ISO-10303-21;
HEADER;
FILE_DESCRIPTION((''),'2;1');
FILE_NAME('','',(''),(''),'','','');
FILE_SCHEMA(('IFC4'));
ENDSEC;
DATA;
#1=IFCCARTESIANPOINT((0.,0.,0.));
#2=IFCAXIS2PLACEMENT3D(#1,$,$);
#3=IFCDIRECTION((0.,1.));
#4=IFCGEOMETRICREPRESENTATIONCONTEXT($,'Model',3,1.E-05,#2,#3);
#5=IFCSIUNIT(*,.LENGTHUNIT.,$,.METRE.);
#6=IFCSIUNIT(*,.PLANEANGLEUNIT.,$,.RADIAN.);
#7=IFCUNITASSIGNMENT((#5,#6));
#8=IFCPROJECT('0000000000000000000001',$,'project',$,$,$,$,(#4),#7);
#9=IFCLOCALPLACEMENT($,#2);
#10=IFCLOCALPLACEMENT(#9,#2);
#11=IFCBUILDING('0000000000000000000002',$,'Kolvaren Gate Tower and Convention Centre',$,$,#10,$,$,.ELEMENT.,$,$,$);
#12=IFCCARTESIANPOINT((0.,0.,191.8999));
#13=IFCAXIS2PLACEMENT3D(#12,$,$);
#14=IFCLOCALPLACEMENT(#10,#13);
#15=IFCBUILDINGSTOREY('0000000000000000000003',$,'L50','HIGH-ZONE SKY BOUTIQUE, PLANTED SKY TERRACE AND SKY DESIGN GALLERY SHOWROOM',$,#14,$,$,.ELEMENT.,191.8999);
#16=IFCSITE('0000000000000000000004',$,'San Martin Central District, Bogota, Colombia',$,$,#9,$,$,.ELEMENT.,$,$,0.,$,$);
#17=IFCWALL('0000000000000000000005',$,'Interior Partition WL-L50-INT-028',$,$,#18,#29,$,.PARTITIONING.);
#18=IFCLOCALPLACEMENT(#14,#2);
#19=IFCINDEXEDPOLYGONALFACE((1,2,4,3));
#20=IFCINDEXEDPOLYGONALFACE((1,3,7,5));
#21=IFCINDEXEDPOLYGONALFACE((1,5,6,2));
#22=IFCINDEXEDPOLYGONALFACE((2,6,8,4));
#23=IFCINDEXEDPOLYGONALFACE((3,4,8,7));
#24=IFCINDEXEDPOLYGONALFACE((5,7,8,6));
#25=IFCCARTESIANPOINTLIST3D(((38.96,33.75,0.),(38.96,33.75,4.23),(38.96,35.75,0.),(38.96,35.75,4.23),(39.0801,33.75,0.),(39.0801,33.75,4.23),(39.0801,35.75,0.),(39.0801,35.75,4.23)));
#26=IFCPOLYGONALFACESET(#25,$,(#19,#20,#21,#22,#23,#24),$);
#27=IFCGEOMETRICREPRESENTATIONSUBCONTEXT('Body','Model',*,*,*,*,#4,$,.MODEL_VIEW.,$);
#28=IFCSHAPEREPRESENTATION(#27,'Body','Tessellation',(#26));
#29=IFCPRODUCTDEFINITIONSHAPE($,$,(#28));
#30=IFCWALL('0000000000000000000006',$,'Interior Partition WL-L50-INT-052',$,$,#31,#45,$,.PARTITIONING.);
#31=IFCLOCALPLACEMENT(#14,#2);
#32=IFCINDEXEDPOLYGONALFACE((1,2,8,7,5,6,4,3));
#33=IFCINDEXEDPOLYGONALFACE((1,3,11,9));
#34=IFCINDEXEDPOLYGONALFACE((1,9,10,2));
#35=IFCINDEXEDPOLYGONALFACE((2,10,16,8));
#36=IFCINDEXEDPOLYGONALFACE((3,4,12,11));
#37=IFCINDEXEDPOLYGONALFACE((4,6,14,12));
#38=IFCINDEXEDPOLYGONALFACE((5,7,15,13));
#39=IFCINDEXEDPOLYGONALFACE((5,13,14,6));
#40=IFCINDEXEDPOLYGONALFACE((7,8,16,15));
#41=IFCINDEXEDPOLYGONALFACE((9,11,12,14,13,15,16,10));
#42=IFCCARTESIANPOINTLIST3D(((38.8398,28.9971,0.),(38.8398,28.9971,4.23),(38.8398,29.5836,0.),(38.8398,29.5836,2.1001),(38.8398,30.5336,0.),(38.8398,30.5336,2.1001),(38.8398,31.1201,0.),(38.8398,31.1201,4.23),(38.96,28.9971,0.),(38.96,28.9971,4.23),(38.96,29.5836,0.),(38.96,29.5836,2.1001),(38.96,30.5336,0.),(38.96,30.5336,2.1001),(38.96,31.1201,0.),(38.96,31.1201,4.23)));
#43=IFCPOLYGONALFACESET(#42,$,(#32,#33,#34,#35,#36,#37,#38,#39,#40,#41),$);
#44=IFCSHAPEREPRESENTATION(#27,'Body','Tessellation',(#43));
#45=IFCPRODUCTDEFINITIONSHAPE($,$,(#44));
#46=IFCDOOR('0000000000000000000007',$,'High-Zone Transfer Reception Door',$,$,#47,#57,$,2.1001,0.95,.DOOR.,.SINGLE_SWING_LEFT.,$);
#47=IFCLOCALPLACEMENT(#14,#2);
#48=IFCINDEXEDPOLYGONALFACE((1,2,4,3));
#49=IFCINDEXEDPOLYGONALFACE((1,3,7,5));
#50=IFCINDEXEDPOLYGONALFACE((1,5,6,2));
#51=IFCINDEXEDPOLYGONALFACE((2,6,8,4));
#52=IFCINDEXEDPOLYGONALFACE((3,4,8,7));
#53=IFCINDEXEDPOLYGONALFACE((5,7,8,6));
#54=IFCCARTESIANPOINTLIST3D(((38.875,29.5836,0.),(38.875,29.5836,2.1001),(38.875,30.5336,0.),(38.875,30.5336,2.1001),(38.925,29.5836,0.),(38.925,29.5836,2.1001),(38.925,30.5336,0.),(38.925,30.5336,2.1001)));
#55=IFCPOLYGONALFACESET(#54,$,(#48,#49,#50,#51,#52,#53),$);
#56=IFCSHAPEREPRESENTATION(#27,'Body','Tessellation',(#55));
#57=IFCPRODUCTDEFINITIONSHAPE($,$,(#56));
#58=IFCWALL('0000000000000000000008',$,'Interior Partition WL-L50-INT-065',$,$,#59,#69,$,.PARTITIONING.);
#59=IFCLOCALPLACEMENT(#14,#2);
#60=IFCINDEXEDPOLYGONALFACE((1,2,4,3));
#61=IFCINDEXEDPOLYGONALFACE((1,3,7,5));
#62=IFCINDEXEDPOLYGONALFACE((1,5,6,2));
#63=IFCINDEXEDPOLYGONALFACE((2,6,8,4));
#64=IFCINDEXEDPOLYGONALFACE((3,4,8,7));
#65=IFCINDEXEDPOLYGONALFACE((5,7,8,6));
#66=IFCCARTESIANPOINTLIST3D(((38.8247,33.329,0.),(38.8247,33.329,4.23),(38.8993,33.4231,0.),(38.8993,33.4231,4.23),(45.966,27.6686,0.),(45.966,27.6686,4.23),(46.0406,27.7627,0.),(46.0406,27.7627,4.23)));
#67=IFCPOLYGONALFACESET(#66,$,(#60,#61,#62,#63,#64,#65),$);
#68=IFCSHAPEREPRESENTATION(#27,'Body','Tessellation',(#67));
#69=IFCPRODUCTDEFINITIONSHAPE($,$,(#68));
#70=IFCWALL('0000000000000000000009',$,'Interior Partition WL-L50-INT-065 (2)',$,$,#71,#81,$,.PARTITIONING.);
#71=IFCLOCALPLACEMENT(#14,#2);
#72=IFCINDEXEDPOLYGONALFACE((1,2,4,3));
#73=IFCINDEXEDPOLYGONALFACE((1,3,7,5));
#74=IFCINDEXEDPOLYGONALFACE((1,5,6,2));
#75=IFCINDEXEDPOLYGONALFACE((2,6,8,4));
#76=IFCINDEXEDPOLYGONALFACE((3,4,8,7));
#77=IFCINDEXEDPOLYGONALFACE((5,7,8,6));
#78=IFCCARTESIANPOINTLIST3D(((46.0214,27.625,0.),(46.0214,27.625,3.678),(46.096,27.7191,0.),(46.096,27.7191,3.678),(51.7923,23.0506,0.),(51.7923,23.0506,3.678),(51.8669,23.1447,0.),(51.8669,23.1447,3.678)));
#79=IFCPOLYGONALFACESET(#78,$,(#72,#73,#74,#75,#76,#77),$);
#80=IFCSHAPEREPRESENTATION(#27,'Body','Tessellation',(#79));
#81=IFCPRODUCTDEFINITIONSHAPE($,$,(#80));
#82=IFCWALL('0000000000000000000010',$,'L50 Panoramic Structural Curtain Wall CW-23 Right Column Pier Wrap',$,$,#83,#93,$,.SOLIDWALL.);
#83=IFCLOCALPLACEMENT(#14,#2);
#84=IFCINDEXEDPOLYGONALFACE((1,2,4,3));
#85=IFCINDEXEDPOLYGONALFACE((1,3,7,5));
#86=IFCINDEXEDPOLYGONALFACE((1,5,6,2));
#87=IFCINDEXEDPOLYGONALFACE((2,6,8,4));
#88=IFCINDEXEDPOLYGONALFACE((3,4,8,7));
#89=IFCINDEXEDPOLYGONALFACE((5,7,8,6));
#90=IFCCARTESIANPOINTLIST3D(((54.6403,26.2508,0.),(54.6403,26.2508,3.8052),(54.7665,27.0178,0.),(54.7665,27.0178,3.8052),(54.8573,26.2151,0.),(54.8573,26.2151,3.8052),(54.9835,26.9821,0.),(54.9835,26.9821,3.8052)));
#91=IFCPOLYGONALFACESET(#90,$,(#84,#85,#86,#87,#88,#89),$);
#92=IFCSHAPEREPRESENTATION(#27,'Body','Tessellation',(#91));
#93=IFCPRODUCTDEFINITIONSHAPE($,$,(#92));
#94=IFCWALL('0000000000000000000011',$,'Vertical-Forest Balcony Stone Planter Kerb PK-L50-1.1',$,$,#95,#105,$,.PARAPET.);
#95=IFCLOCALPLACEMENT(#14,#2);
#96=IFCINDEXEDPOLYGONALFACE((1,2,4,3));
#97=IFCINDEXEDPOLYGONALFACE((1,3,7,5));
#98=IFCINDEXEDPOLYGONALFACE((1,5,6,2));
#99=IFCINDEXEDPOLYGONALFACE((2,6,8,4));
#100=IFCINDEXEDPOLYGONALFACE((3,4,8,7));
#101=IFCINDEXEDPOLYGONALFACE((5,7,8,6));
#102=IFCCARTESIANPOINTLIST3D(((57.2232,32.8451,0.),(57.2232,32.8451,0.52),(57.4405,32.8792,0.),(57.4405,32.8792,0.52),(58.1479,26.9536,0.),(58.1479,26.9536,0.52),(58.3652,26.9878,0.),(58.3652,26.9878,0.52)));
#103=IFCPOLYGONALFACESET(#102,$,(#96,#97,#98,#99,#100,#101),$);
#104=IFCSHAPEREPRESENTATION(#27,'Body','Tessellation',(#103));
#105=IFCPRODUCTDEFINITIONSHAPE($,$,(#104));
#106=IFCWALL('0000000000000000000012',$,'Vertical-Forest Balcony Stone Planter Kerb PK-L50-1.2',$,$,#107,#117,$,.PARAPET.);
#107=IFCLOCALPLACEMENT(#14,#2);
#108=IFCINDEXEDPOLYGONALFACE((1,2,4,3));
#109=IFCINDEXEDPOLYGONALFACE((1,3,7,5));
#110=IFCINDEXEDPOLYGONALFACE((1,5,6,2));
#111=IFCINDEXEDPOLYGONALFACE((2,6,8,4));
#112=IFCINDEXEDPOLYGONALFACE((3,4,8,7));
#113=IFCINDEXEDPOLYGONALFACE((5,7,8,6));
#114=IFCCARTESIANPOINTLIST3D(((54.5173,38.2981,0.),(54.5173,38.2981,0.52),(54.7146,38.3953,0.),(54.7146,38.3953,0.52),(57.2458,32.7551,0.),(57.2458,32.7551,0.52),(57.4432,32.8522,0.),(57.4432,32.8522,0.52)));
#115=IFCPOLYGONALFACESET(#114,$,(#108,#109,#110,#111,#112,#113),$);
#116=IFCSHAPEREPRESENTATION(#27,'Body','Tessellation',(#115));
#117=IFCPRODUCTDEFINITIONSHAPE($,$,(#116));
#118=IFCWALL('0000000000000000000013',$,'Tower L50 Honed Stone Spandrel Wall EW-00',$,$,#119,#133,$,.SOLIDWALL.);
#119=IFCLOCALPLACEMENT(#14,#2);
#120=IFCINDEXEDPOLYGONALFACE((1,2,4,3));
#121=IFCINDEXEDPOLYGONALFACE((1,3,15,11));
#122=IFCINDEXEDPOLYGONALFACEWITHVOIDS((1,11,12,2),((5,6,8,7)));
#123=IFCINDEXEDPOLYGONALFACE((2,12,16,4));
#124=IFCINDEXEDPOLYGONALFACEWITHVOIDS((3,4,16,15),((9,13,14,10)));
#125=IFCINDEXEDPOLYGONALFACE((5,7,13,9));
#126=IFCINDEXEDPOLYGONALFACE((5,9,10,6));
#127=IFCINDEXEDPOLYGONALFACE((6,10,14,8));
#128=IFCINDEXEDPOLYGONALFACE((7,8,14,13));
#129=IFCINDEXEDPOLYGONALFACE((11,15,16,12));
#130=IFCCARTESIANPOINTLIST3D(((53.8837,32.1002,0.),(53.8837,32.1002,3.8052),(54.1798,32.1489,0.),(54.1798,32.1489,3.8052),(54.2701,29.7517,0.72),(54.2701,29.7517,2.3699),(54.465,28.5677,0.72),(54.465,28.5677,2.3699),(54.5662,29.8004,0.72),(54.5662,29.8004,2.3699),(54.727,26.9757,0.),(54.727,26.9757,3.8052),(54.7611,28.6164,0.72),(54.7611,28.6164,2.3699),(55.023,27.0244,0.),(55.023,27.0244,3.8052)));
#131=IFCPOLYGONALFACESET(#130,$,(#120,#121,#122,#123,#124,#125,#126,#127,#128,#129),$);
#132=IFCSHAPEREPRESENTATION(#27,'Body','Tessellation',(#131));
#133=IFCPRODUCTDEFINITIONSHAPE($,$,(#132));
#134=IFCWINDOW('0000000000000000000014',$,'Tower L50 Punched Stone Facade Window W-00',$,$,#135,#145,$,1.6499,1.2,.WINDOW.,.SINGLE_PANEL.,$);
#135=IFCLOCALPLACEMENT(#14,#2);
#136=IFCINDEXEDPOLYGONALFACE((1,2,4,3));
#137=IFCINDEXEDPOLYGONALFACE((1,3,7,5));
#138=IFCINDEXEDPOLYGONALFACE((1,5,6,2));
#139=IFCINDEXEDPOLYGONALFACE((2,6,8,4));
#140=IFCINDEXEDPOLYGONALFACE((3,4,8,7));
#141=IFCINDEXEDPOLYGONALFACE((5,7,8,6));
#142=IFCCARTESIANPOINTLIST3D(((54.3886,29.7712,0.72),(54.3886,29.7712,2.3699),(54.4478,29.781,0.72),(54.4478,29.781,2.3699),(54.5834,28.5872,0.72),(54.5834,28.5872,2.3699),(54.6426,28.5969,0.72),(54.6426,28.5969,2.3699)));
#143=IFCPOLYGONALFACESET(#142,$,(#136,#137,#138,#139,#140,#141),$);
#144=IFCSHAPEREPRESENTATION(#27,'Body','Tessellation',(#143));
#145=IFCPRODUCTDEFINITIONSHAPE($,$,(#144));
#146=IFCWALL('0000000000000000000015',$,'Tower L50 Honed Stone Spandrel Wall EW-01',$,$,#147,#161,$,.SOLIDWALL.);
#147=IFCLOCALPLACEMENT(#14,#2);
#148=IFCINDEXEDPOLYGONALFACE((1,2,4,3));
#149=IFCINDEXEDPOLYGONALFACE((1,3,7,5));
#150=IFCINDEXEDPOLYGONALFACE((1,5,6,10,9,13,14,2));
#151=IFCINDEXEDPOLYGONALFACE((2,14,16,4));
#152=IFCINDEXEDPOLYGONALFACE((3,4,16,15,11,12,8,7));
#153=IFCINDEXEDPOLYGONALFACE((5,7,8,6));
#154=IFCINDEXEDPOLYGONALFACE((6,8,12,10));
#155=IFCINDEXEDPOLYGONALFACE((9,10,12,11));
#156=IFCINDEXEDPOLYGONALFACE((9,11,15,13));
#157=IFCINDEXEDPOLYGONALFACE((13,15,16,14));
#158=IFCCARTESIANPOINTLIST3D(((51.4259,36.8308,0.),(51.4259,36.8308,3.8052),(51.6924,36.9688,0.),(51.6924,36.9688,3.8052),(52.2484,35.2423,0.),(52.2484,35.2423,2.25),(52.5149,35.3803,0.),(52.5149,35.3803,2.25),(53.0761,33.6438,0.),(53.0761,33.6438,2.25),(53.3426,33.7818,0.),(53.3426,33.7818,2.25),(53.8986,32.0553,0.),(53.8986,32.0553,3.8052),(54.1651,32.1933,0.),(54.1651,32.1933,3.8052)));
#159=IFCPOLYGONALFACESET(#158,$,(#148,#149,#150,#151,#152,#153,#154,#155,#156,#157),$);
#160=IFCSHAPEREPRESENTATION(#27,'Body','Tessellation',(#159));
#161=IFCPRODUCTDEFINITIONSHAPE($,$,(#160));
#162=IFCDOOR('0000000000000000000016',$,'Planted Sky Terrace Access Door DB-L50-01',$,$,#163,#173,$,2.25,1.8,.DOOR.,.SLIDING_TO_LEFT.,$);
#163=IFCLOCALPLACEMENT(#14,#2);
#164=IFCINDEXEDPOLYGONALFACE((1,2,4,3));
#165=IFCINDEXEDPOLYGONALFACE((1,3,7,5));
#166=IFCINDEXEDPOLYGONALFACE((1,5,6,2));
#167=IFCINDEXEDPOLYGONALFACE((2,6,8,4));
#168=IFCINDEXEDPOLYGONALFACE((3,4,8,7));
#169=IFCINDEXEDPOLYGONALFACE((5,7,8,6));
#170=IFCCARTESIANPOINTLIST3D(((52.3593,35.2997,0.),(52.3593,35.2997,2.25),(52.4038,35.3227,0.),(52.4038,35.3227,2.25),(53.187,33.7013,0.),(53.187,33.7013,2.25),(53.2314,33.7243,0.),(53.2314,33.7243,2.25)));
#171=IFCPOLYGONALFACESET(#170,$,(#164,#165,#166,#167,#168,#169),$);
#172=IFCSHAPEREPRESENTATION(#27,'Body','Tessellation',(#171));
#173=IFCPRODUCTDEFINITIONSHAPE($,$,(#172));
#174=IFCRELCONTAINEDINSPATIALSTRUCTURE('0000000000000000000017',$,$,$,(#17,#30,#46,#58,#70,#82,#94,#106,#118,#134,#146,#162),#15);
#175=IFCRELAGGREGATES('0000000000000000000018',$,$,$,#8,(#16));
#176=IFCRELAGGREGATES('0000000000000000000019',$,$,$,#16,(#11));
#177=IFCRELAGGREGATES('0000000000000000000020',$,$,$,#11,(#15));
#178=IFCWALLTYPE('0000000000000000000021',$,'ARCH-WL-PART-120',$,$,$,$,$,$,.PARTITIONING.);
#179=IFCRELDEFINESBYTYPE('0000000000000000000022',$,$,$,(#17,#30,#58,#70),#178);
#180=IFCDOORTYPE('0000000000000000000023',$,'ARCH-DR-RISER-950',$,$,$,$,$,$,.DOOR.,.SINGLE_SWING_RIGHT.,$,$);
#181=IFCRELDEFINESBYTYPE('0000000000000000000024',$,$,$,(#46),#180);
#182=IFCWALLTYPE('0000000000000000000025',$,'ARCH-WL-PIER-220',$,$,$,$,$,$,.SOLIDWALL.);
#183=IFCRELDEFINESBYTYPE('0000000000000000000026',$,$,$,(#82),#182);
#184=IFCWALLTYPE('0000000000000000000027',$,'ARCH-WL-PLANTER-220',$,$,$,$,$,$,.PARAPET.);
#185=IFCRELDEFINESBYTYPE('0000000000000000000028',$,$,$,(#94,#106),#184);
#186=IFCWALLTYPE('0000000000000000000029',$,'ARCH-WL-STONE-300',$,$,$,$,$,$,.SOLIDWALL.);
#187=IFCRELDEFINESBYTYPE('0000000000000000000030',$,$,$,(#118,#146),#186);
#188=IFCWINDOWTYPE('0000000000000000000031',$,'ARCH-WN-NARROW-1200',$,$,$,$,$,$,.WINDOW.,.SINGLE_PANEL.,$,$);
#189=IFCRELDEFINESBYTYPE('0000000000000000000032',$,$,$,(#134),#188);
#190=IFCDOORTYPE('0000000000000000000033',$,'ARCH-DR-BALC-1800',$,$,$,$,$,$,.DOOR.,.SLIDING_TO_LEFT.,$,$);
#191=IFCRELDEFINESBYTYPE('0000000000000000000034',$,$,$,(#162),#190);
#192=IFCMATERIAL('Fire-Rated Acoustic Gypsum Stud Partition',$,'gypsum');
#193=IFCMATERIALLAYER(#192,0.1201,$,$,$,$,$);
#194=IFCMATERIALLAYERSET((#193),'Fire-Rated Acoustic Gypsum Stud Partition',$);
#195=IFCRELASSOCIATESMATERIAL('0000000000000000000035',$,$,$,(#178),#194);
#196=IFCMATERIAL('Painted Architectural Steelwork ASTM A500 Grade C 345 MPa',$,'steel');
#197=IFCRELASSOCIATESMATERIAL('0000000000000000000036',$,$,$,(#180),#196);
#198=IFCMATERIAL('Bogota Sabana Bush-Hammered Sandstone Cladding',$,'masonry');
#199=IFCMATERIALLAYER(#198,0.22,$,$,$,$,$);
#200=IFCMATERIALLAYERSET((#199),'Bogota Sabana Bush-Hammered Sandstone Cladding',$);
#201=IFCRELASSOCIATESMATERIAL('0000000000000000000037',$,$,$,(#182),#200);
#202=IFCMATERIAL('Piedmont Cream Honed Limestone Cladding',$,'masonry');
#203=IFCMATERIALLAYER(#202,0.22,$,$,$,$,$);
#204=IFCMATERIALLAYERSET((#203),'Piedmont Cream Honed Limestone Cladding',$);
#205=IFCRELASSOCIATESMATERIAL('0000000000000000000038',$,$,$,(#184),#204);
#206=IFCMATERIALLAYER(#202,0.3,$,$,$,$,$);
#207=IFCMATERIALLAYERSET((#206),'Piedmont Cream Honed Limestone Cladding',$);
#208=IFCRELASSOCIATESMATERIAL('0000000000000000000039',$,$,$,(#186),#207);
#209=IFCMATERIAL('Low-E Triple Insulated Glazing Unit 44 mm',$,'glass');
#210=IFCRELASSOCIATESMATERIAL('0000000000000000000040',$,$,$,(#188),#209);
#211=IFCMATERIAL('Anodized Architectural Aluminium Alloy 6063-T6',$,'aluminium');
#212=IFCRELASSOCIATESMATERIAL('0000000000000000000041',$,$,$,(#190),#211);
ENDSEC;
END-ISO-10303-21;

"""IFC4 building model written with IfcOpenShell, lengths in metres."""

from ifc_helpers import new_model, si_unit, direction, frame, frame_2d, origin, place, context, subcontext, project, spatial, rectangle, extrude, material, layer, layer_set, type_object, element, fill, save


model = new_model("IFC4")

# Units and contexts
model_context = context("Model", 3, precision=1e-05, world=origin(), true_north=direction((0.0, 1.0)))
body_context = subcontext(model_context, "Body", "Model", "MODEL_VIEW")
ifc_project = project(units=[si_unit("LENGTHUNIT", "METRE"), si_unit("PLANEANGLEUNIT", "RADIAN")], contexts=[model_context])

# Site, building, storey
site_placement = place(None, origin())
site = spatial("IfcSite", under=ifc_project, at=site_placement, Name="San Martin Central District, Bogota, Colombia", CompositionType="ELEMENT", RefElevation=0.0)
building_placement = place(site_placement, origin())
building = spatial("IfcBuilding", under=site, at=building_placement, Name="Kolvaren Gate Tower and Convention Centre", CompositionType="ELEMENT")
storey_placement = place(building_placement, frame((0.0, 0.0, 191.8999)))
storey = spatial("IfcBuildingStorey", under=building, at=storey_placement, Name="L50", Description="HIGH-ZONE SKY BOUTIQUE, PLANTED SKY TERRACE AND SKY DESIGN GALLERY SHOWROOM", CompositionType="ELEMENT", Elevation=191.8999)

# Shared definitions
ifc_material_1 = material(Name="Anodized Architectural Aluminium Alloy 6063-T6", Category="aluminium")

# Shared definitions
ifc_material_2 = material(Name="Low-E Triple Insulated Glazing Unit 44 mm", Category="glass")

# Wall
ifc_material_3 = material(Name="Fire-Rated Acoustic Gypsum Stud Partition", Category="gypsum")
ifc_layer_1 = layer(ifc_material_3, 0.1201)
ifc_layer_set_1 = layer_set([ifc_layer_1], Name="Fire-Rated Acoustic Gypsum Stud Partition")
wall_type_1 = type_object("IfcWallType", Name="ARCH-WL-PART-120", PredefinedType="PARTITIONING", material=ifc_layer_set_1)
wall_1_placement = place(storey_placement, frame((39.02, 33.75, 0.0), z_axis=(0.0, 0.0, 1.0), x_axis=(0.0, 1.0, 0.0)))
element("IfcWall", 1, at=wall_1_placement, inside=storey, type_object=wall_type_1, Name="Interior Partition WL-L50-INT-028", PredefinedType="PARTITIONING", context=body_context, shape_type="SweptSolid", body=[
    extrude(rectangle(XDim=2.0, YDim=0.1201, at=frame_2d((1.0, 0.0))), origin(), (0.0, 0.0, 1.0), 4.23),
])

# Wall, opening, door
wall_2_placement = place(storey_placement, frame((38.8999, 28.9971, 0.0), z_axis=(0.0, 0.0, 1.0), x_axis=(0.0, 1.0, 0.0)))
wall_2 = element("IfcWall", 2, at=wall_2_placement, inside=storey, type_object=wall_type_1, Name="Interior Partition WL-L50-INT-052", PredefinedType="PARTITIONING", context=body_context, shape_type="SweptSolid", body=[
    extrude(rectangle(XDim=2.123, YDim=0.1201, at=frame_2d((1.0615, 0.0))), origin(), (0.0, 0.0, 1.0), 4.23),
])
opening_1_placement = place(wall_2_placement, frame((0.5864, 0.0, 0.0)))
opening_1 = element("IfcOpeningElement", 3, at=opening_1_placement, cuts=wall_2, PredefinedType="OPENING", context=body_context, shape_type="SweptSolid", body=[
    extrude(rectangle(XDim=0.95, YDim=2.1001, at=frame_2d((0.4751, 1.05))), frame((0.0, 0.0701, 0.0), z_axis=(0.0, -1.0, 0.0), x_axis=(1.0, 0.0, 0.0)), (0.0, 0.0, 1.0), 0.1401),
])
ifc_material_4 = material(Name="Painted Architectural Steelwork ASTM A500 Grade C 345 MPa", Category="steel")
door_type_1 = type_object("IfcDoorType", Name="ARCH-DR-RISER-950", OperationType="SINGLE_SWING_RIGHT", PredefinedType="DOOR", material=ifc_material_4)
door_1_placement = place(opening_1_placement, origin())
door_1 = element("IfcDoor", 4, at=door_1_placement, inside=storey, type_object=door_type_1, Name="High-Zone Transfer Reception Door", OperationType="SINGLE_SWING_LEFT", OverallHeight=2.1001, OverallWidth=0.95, PredefinedType="DOOR", context=body_context, shape_type="SweptSolid", body=[
    extrude(rectangle(XDim=0.95, YDim=2.1001, at=frame_2d((0.4751, 1.05))), frame((0.0, 0.0249, 0.0), z_axis=(0.0, -1.0, 0.0), x_axis=(1.0, 0.0, 0.0)), (0.0, 0.0, 1.0), 0.05),
])
fill(opening_1, door_1)

# Walls
wall_3_placement = place(storey_placement, frame((38.8621, 33.376, 0.0), z_axis=(0.0, 0.0, 1.0), x_axis=(0.783681, -0.621163, 0.0)))
element("IfcWall", 5, at=wall_3_placement, inside=storey, type_object=wall_type_1, Name="Interior Partition WL-L50-INT-065", PredefinedType="PARTITIONING", context=body_context, shape_type="SweptSolid", body=[
    extrude(rectangle(XDim=9.1125, YDim=0.1201, at=frame_2d((4.5562, 0.0))), origin(), (0.0, 0.0, 1.0), 4.23),
])
wall_4_placement = place(storey_placement, frame((46.0586, 27.6721, 0.0), z_axis=(0.0, 0.0, 1.0), x_axis=(0.783665, -0.621183, 0.0)))
element("IfcWall", 6, at=wall_4_placement, inside=storey, type_object=wall_type_1, Name="Interior Partition WL-L50-INT-065 (2)", PredefinedType="PARTITIONING", context=body_context, shape_type="SweptSolid", body=[
    extrude(rectangle(XDim=7.364, YDim=0.1201, at=frame_2d((3.6821, 0.0))), origin(), (0.0, 0.0, 1.0), 3.678),
])
ifc_material_5 = material(Name="Bogota Sabana Bush-Hammered Sandstone Cladding", Category="masonry")
ifc_layer_2 = layer(ifc_material_5, 0.22)
ifc_layer_set_2 = layer_set([ifc_layer_2], Name="Bogota Sabana Bush-Hammered Sandstone Cladding")
wall_type_2 = type_object("IfcWallType", Name="ARCH-WL-PIER-220", PredefinedType="SOLIDWALL", material=ifc_layer_set_2)
wall_5_placement = place(storey_placement, frame((54.7488, 26.2329, 0.0), z_axis=(0.0, 0.0, 1.0), x_axis=(0.162362, 0.986731, 0.0)))
element("IfcWall", 7, at=wall_5_placement, inside=storey, type_object=wall_type_2, Name="L50 Panoramic Structural Curtain Wall CW-23 Right Column Pier Wrap", PredefinedType="SOLIDWALL", context=body_context, shape_type="SweptSolid", body=[
    extrude(rectangle(XDim=0.7773, YDim=0.22, at=frame_2d((0.3887, 0.0))), origin(), (0.0, 0.0, 1.0), 3.8052),
])
ifc_material_6 = material(Name="Piedmont Cream Honed Limestone Cladding", Category="masonry")
ifc_layer_3 = layer(ifc_material_6, 0.22)
ifc_layer_set_3 = layer_set([ifc_layer_3], Name="Piedmont Cream Honed Limestone Cladding")
wall_type_3 = type_object("IfcWallType", Name="ARCH-WL-PLANTER-220", PredefinedType="PARAPET", material=ifc_layer_set_3)
wall_6_placement = place(storey_placement, frame((57.3318, 32.8623, 0.0), z_axis=(0.0, 0.0, 1.0), x_axis=(0.155071, -0.987903, 0.0)))
element("IfcWall", 8, at=wall_6_placement, inside=storey, type_object=wall_type_3, Name="Vertical-Forest Balcony Stone Planter Kerb PK-L50-1.1", PredefinedType="PARAPET", context=body_context, shape_type="SweptSolid", body=[
    extrude(rectangle(XDim=5.9636, YDim=0.22, at=frame_2d((2.9819, 0.0))), origin(), (0.0, 0.0, 1.0), 0.52),
])
wall_7_placement = place(storey_placement, frame((54.616, 38.3467, 0.0), z_axis=(0.0, 0.0, 1.0), x_axis=(0.441641, -0.897192, 0.0)))
element("IfcWall", 9, at=wall_7_placement, inside=storey, type_object=wall_type_3, Name="Vertical-Forest Balcony Stone Planter Kerb PK-L50-1.2", PredefinedType="PARAPET", context=body_context, shape_type="SweptSolid", body=[
    extrude(rectangle(XDim=6.1782, YDim=0.22, at=frame_2d((3.0891, 0.0))), origin(), (0.0, 0.0, 1.0), 0.52),
])

# Wall, opening, window
ifc_layer_4 = layer(ifc_material_6, 0.3)
ifc_layer_set_4 = layer_set([ifc_layer_4], Name="Piedmont Cream Honed Limestone Cladding")
wall_type_4 = type_object("IfcWallType", Name="ARCH-WL-STONE-300", PredefinedType="SOLIDWALL", material=ifc_layer_set_4)
wall_8_placement = place(storey_placement, frame((54.0317, 32.1245, 0.0), z_axis=(0.0, 0.0, 1.0), x_axis=(0.162371, -0.98673, 0.0)))
wall_8 = element("IfcWall", 10, at=wall_8_placement, inside=storey, type_object=wall_type_4, Name="Tower L50 Honed Stone Spandrel Wall EW-00", PredefinedType="SOLIDWALL", context=body_context, shape_type="SweptSolid", body=[
    extrude(rectangle(XDim=5.1934, YDim=0.3, at=frame_2d((2.5967, 0.0))), origin(), (0.0, 0.0, 1.0), 3.8052),
])
opening_2_placement = place(wall_8_placement, frame((2.3799, 0.0, 0.72)))
opening_2 = element("IfcOpeningElement", 11, at=opening_2_placement, cuts=wall_8, PredefinedType="OPENING", context=body_context, shape_type="SweptSolid", body=[
    extrude(rectangle(XDim=1.2, YDim=1.6499, at=frame_2d((0.6001, 0.825))), frame((0.0, 0.1599, 0.0), z_axis=(0.0, -1.0, 0.0), x_axis=(1.0, 0.0, 0.0)), (0.0, 0.0, 1.0), 0.3201),
])
window_type_1 = type_object("IfcWindowType", Name="ARCH-WN-NARROW-1200", PartitioningType="SINGLE_PANEL", PredefinedType="WINDOW", material=ifc_material_2)
window_1_placement = place(opening_2_placement, origin())
window_1 = element("IfcWindow", 12, at=window_1_placement, inside=storey, type_object=window_type_1, Name="Tower L50 Punched Stone Facade Window W-00", OverallHeight=1.6499, OverallWidth=1.2, PartitioningType="SINGLE_PANEL", PredefinedType="WINDOW", context=body_context, shape_type="SweptSolid", body=[
    extrude(rectangle(XDim=1.2, YDim=1.6499, at=frame_2d((0.6001, 0.825))), frame((0.0, 0.03, 0.0), z_axis=(0.0, -1.0, 0.0), x_axis=(1.0, 0.0, 0.0)), (0.0, 0.0, 1.0), 0.0601),
])
fill(opening_2, window_1)

# Wall, opening, door
wall_9_placement = place(storey_placement, frame((51.5591, 36.8999, 0.0), z_axis=(0.0, 0.0, 1.0), x_axis=(0.459808, -0.888018, 0.0)))
wall_9 = element("IfcWall", 13, at=wall_9_placement, inside=storey, type_object=wall_type_4, Name="Tower L50 Honed Stone Spandrel Wall EW-01", PredefinedType="SOLIDWALL", context=body_context, shape_type="SweptSolid", body=[
    extrude(rectangle(XDim=5.3777, YDim=0.3, at=frame_2d((2.689, 0.0))), origin(), (0.0, 0.0, 1.0), 3.8052),
])
opening_3_placement = place(wall_9_placement, frame((1.7891, 0.0, 0.0)))
opening_3 = element("IfcOpeningElement", 14, at=opening_3_placement, cuts=wall_9, PredefinedType="OPENING", context=body_context, shape_type="SweptSolid", body=[
    extrude(rectangle(XDim=1.8, YDim=2.25, at=frame_2d((0.8999, 1.125))), frame((0.0, 0.1599, 0.0), z_axis=(0.0, -1.0, 0.0), x_axis=(1.0, 0.0, 0.0)), (0.0, 0.0, 1.0), 0.3201),
])
door_type_2 = type_object("IfcDoorType", Name="ARCH-DR-BALC-1800", OperationType="SLIDING_TO_LEFT", PredefinedType="DOOR", material=ifc_material_1)
door_2_placement = place(opening_3_placement, origin())
door_2 = element("IfcDoor", 15, at=door_2_placement, inside=storey, type_object=door_type_2, Name="Planted Sky Terrace Access Door DB-L50-01", OperationType="SLIDING_TO_LEFT", OverallHeight=2.25, OverallWidth=1.8, PredefinedType="DOOR", context=body_context, shape_type="SweptSolid", body=[
    extrude(rectangle(XDim=1.8, YDim=2.25, at=frame_2d((0.8999, 1.125))), frame((0.0, 0.0249, 0.0), z_axis=(0.0, -1.0, 0.0), x_axis=(1.0, 0.0, 0.0)), (0.0, 0.0, 1.0), 0.05),
])
fill(opening_3, door_2)

save(model, "model.ifc")
